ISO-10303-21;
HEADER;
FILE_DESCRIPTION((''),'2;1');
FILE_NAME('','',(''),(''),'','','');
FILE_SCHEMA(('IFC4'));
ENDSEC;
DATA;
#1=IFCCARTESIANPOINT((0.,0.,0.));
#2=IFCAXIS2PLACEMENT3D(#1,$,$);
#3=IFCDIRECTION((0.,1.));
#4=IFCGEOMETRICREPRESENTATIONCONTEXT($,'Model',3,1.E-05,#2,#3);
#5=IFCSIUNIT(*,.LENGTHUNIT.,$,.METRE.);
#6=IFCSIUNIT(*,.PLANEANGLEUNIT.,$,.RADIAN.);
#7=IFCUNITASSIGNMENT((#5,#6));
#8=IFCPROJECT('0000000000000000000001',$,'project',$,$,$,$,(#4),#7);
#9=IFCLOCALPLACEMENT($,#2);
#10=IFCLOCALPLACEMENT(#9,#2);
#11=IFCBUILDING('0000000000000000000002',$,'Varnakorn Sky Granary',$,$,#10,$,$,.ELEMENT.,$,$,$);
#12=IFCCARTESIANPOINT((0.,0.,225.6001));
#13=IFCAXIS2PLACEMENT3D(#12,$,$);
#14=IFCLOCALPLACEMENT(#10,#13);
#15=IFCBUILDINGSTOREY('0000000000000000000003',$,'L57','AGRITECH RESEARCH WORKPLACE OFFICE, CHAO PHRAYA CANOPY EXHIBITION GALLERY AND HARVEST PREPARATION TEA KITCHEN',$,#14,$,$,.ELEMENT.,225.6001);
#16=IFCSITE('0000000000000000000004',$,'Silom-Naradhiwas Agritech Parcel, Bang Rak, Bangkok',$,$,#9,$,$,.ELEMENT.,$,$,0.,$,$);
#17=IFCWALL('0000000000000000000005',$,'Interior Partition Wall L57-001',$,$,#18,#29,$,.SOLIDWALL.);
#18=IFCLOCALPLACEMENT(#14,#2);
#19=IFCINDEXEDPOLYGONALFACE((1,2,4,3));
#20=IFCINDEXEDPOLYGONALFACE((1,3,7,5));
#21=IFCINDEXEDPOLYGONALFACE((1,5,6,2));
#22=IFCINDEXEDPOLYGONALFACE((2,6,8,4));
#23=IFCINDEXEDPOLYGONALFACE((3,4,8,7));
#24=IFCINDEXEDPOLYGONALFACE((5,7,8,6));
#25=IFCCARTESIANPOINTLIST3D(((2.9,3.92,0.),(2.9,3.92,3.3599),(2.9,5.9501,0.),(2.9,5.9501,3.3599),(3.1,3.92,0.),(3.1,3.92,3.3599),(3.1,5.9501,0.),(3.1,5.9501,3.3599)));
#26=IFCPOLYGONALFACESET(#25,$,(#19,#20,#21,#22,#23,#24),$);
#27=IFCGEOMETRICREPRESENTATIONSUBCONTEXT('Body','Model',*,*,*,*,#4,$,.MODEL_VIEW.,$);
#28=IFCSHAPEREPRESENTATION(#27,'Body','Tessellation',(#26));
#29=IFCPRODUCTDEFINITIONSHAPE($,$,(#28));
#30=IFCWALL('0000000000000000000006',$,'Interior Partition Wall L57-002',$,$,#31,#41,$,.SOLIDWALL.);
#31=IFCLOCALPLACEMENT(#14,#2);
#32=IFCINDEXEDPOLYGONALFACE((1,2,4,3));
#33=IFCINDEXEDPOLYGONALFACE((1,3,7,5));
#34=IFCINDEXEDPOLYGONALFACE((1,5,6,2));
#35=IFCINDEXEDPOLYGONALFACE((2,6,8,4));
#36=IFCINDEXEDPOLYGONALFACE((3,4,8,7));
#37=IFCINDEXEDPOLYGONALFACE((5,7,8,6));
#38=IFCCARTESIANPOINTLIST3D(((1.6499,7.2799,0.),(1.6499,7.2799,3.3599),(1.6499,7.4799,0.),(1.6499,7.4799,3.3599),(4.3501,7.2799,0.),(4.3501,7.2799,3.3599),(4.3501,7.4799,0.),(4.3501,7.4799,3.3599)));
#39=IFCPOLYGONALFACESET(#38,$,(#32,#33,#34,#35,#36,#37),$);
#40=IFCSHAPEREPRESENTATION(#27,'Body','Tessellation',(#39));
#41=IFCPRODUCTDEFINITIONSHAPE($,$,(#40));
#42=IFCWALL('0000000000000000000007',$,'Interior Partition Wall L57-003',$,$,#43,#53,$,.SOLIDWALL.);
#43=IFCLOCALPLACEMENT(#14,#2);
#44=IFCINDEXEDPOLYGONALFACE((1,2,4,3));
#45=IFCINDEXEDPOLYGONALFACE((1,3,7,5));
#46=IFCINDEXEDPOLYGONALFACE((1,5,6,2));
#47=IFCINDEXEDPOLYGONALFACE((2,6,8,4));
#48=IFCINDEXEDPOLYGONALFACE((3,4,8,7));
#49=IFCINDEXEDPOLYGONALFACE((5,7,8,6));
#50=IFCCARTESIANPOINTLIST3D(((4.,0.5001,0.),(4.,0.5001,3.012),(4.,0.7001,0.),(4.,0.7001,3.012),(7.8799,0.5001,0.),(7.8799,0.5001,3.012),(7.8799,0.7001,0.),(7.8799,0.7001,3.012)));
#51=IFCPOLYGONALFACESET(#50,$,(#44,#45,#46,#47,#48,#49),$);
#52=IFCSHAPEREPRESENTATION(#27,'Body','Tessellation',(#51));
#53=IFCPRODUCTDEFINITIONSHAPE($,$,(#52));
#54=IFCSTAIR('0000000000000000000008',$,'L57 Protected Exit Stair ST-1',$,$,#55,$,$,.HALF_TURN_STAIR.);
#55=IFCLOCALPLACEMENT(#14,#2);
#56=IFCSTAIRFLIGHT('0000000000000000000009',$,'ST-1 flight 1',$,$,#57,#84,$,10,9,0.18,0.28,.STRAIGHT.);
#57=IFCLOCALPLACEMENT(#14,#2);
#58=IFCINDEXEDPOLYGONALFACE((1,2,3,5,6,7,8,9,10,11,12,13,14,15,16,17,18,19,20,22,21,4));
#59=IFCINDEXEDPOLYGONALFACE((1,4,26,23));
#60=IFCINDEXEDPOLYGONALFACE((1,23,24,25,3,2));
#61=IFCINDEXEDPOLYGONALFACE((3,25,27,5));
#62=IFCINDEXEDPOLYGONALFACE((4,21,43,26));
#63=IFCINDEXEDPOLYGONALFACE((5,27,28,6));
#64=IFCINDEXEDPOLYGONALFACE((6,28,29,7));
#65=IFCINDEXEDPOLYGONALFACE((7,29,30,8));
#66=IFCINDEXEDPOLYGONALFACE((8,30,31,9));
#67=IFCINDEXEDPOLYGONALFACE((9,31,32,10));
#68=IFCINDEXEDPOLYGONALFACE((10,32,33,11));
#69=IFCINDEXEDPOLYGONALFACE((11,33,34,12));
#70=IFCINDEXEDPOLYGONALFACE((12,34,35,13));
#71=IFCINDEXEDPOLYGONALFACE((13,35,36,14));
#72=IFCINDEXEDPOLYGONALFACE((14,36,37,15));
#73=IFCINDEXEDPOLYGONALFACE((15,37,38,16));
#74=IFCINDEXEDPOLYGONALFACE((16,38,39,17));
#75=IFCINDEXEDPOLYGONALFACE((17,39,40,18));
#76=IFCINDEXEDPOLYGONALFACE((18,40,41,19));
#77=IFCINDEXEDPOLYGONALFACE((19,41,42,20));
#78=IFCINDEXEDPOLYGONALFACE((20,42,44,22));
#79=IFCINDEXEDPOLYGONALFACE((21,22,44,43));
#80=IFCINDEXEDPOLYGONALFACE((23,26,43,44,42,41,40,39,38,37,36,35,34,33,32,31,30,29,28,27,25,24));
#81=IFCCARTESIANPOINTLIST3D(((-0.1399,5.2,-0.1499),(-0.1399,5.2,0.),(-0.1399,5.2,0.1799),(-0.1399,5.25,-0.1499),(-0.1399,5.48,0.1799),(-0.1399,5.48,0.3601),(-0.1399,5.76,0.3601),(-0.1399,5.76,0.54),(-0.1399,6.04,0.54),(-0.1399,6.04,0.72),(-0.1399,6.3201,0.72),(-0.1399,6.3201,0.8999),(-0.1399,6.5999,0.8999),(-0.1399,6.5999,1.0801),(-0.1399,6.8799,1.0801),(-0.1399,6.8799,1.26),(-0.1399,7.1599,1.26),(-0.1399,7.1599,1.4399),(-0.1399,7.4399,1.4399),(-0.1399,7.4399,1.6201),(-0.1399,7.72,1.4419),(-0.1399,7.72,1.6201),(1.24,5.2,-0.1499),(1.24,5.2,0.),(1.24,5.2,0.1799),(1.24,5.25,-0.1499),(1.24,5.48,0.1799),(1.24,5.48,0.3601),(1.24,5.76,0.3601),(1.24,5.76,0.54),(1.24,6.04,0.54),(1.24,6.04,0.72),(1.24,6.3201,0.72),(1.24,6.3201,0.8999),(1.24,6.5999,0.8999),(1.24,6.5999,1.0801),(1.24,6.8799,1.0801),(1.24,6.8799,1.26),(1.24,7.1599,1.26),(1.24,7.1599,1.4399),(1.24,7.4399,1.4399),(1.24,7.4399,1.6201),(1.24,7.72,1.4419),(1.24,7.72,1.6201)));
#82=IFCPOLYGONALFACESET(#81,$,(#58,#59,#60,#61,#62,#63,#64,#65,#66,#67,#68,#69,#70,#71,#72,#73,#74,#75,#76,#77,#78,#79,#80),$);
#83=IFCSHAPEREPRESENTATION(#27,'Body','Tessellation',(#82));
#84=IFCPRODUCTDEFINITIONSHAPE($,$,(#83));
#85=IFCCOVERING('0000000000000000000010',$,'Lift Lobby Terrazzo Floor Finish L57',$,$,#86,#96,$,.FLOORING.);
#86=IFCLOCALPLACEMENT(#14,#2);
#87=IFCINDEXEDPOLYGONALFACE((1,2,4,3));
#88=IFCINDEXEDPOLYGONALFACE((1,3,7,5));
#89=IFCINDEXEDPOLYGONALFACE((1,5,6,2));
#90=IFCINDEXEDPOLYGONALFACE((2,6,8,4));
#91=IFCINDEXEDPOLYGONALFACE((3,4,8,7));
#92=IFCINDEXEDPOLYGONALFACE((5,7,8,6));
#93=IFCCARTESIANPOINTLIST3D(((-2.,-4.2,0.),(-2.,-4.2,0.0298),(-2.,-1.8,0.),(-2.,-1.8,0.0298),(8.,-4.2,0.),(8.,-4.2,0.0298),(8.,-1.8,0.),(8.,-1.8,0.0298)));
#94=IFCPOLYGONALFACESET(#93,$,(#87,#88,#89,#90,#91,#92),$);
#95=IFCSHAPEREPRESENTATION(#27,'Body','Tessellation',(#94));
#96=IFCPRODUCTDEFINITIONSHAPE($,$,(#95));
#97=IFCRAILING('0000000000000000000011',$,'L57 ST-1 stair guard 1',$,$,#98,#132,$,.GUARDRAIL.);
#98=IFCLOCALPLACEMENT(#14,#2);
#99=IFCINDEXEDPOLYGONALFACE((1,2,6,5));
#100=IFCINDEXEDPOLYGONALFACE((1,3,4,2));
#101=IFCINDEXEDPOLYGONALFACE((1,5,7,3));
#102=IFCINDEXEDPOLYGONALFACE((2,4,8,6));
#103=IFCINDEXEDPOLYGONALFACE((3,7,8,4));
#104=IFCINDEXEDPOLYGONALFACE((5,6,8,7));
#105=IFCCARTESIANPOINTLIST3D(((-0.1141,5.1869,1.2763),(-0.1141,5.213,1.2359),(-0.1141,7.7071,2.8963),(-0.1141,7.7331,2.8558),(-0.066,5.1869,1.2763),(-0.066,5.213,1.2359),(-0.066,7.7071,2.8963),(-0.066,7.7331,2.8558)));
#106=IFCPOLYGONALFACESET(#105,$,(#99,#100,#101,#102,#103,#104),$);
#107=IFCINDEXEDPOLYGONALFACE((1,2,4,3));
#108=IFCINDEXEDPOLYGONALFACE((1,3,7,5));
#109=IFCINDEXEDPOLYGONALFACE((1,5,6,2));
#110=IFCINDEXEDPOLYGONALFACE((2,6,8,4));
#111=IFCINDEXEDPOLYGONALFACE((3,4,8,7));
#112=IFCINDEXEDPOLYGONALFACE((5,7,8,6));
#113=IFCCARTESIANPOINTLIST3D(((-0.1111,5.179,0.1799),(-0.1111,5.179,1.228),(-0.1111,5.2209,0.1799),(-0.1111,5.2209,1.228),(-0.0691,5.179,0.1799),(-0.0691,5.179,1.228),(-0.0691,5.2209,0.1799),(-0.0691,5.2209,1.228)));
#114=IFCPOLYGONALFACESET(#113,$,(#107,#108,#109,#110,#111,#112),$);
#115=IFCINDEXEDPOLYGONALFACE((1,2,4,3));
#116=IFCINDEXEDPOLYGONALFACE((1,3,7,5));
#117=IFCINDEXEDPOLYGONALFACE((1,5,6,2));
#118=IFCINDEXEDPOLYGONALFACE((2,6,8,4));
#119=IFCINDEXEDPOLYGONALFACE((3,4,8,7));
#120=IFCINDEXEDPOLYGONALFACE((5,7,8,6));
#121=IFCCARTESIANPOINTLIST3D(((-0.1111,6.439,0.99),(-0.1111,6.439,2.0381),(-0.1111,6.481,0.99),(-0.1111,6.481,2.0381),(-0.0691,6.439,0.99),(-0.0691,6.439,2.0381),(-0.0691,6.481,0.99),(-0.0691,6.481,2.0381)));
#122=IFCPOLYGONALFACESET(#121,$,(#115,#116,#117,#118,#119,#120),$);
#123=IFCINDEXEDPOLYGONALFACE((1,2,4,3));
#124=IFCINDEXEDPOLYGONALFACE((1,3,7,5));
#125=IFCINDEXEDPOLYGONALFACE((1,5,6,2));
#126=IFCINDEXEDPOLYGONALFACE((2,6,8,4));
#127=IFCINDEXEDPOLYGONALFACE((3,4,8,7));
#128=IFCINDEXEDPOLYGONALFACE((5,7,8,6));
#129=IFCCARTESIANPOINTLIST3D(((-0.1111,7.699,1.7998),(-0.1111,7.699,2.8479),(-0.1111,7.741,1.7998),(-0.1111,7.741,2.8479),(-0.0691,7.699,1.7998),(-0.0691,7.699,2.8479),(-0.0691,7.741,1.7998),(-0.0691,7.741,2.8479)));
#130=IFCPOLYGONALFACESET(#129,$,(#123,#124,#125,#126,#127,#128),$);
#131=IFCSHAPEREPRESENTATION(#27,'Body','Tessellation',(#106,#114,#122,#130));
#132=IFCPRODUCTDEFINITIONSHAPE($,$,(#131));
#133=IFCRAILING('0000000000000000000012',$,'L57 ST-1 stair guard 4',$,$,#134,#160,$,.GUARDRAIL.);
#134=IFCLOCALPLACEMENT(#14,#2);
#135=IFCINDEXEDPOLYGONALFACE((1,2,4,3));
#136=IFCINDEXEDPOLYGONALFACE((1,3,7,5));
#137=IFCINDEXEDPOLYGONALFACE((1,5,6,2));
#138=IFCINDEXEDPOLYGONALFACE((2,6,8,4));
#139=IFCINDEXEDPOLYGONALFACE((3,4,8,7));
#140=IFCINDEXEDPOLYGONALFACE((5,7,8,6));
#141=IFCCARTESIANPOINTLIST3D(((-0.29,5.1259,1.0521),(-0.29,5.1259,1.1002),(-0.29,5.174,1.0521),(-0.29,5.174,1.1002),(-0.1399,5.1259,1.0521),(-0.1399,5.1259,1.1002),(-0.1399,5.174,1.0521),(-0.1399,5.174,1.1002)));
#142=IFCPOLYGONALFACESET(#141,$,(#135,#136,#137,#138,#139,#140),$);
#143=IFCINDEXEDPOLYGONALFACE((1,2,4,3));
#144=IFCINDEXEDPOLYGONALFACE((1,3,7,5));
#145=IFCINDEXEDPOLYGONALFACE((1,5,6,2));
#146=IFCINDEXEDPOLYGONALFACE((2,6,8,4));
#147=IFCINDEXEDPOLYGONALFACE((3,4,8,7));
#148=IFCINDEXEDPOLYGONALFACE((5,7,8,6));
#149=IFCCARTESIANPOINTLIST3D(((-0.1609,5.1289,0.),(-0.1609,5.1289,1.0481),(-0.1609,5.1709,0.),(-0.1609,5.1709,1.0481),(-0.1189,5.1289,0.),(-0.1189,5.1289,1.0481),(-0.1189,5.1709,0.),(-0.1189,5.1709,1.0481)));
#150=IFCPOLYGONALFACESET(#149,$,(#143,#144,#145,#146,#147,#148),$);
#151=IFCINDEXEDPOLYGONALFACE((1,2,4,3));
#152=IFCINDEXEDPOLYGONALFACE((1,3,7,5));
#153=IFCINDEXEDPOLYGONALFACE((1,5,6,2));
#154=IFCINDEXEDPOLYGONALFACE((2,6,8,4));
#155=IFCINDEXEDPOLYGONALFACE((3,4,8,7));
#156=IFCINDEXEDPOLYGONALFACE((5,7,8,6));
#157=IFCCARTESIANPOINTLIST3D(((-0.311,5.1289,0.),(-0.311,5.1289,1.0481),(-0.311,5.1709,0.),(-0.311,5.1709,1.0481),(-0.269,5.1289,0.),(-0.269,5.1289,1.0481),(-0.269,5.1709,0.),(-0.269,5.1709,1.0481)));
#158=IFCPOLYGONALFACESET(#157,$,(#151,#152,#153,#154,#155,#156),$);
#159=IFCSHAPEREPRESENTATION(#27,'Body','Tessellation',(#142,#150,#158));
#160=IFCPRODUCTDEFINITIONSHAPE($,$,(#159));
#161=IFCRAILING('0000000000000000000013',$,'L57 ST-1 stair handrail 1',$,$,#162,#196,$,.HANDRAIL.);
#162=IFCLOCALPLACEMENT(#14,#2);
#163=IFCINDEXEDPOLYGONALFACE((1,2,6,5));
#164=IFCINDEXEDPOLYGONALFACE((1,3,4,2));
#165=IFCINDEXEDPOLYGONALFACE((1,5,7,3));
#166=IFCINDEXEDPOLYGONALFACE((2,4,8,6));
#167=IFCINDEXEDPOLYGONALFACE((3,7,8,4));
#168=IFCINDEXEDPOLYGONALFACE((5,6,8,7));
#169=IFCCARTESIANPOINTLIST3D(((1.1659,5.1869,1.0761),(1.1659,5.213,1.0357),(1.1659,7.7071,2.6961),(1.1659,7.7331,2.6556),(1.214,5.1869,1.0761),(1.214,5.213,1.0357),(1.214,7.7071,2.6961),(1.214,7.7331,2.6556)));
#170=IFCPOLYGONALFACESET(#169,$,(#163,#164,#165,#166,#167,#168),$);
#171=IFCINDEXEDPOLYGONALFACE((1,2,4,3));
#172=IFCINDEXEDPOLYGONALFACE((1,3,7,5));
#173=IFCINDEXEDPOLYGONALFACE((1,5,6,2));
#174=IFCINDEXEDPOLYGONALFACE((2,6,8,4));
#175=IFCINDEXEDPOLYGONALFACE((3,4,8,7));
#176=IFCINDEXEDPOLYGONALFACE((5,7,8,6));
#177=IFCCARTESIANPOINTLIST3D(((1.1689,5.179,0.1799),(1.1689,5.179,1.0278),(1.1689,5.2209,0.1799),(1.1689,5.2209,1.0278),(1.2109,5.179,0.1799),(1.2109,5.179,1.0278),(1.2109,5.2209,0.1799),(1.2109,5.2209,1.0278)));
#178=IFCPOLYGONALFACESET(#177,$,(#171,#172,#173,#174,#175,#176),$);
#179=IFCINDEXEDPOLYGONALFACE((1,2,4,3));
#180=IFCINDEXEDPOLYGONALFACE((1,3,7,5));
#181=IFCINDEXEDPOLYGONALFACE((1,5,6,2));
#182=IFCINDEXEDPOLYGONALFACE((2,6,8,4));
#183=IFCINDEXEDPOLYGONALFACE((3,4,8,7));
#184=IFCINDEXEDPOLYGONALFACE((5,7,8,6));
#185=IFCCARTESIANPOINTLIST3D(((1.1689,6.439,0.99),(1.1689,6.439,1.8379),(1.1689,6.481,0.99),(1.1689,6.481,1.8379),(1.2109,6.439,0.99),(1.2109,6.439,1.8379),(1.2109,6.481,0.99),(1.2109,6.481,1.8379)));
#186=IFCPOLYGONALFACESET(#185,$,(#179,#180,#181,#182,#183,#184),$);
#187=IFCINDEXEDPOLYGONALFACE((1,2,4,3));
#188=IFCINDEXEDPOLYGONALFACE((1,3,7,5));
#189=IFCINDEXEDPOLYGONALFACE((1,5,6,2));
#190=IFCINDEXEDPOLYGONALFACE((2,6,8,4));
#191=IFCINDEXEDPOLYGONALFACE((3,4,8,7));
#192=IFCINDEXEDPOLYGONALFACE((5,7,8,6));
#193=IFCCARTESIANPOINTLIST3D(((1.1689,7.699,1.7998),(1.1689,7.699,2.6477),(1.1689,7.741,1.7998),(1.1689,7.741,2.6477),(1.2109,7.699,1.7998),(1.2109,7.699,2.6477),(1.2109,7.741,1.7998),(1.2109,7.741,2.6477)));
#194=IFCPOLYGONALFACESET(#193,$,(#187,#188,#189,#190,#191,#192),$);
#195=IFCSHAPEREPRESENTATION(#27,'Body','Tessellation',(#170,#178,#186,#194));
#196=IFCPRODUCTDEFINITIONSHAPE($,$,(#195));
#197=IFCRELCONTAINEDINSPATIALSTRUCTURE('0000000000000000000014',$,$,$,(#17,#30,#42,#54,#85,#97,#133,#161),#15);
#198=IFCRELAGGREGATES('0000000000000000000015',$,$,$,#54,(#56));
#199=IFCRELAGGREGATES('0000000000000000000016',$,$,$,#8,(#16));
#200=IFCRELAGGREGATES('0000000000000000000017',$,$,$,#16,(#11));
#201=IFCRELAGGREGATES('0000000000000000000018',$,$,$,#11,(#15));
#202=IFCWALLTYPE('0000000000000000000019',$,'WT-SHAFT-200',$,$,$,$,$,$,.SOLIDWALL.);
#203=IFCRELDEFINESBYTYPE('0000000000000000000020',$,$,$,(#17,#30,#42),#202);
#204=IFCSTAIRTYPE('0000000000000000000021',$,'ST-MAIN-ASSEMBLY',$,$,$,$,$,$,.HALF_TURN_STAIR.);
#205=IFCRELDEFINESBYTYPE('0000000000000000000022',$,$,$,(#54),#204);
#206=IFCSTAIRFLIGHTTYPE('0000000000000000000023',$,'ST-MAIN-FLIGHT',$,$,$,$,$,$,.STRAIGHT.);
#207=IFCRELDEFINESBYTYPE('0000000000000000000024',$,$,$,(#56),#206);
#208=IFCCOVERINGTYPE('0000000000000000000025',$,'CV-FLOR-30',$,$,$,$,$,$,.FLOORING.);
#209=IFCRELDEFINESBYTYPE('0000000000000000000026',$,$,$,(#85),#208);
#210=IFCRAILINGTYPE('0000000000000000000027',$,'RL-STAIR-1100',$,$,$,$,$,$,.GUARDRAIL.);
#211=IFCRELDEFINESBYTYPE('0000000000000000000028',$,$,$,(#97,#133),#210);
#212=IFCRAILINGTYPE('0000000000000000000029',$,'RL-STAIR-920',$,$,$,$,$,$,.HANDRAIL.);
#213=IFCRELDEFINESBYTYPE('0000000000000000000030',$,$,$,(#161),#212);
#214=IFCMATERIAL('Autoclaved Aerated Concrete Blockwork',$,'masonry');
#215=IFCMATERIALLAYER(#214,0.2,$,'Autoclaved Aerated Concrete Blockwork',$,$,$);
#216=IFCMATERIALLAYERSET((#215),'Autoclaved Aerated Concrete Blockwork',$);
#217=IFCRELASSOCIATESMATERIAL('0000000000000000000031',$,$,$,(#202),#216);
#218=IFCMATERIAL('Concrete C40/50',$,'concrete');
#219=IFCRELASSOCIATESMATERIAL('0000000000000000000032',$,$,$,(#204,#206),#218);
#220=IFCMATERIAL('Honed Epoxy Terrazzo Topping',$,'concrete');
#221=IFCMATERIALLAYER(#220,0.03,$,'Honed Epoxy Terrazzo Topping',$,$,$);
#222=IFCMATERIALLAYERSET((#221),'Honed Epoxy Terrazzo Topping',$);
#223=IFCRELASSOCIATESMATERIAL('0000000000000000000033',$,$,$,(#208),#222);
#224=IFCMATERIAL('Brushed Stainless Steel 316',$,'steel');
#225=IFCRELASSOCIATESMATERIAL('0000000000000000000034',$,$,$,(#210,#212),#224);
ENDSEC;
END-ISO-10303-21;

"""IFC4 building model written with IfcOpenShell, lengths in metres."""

from ifc_helpers import new_model, si_unit, direction, frame, frame_2d, origin, origin_2d, place, context, subcontext, project, spatial, polyline, rectangle, outline, extrude, material, layer, layer_set, type_object, element, aggregate, save


model = new_model("IFC4")

# Units and contexts
model_context = context("Model", 3, precision=1e-05, world=origin(), true_north=direction((0.0, 1.0)))
body_context = subcontext(model_context, "Body", "Model", "MODEL_VIEW")
ifc_project = project(units=[si_unit("LENGTHUNIT", "METRE"), si_unit("PLANEANGLEUNIT", "RADIAN")], contexts=[model_context])

# Site, building, storey
site_placement = place(None, origin())
site = spatial("IfcSite", under=ifc_project, at=site_placement, Name="Silom-Naradhiwas Agritech Parcel, Bang Rak, Bangkok", CompositionType="ELEMENT", RefElevation=0.0)
building_placement = place(site_placement, origin())
building = spatial("IfcBuilding", under=site, at=building_placement, Name="Varnakorn Sky Granary", CompositionType="ELEMENT")
storey_placement = place(building_placement, frame((0.0, 0.0, 225.6001)))
storey = spatial("IfcBuildingStorey", under=building, at=storey_placement, Name="L57", Description="AGRITECH RESEARCH WORKPLACE OFFICE, CHAO PHRAYA CANOPY EXHIBITION GALLERY AND HARVEST PREPARATION TEA KITCHEN", CompositionType="ELEMENT", Elevation=225.6001)

# Shared definitions
ifc_material_1 = material(Name="Autoclaved Aerated Concrete Blockwork", Category="masonry")

# Walls
ifc_layer_1 = layer(ifc_material_1, 0.2, Name="Autoclaved Aerated Concrete Blockwork")
ifc_layer_set_1 = layer_set([ifc_layer_1], Name="Autoclaved Aerated Concrete Blockwork")
wall_type_1 = type_object("IfcWallType", Name="WT-SHAFT-200", PredefinedType="SOLIDWALL", material=ifc_layer_set_1)
wall_1_placement = place(storey_placement, frame((3.0, 3.9199, 0.0), z_axis=(0.0, 0.0, 1.0), x_axis=(0.0, 1.0, 0.0)))
element("IfcWall", 1, at=wall_1_placement, inside=storey, type_object=wall_type_1, Name="Interior Partition Wall L57-001", PredefinedType="SOLIDWALL", context=body_context, shape_type="SweptSolid", body=[
    extrude(rectangle(XDim=2.03, YDim=0.2, at=frame_2d((1.0151, 0.0))), origin(), (0.0, 0.0, 1.0), 3.3599),
])
wall_2_placement = place(storey_placement, frame((1.6499, 7.3799, 0.0), z_axis=(0.0, 0.0, 1.0), x_axis=(1.0, 0.0, 0.0)))
element("IfcWall", 2, at=wall_2_placement, inside=storey, type_object=wall_type_1, Name="Interior Partition Wall L57-002", PredefinedType="SOLIDWALL", context=body_context, shape_type="SweptSolid", body=[
    extrude(rectangle(XDim=2.7002, YDim=0.2, at=frame_2d((1.3501, 0.0))), origin(), (0.0, 0.0, 1.0), 3.3599),
])
wall_3_placement = place(storey_placement, frame((4.0, 0.6001, 0.0), z_axis=(0.0, 0.0, 1.0), x_axis=(1.0, 0.0, 0.0)))
element("IfcWall", 3, at=wall_3_placement, inside=storey, type_object=wall_type_1, Name="Interior Partition Wall L57-003", PredefinedType="SOLIDWALL", context=body_context, shape_type="SweptSolid", body=[
    extrude(rectangle(XDim=3.8799, YDim=0.2, at=frame_2d((1.9399, 0.0))), origin(), (0.0, 0.0, 1.0), 3.012),
])

# Stair, stair flight
ifc_material_2 = material(Name="Concrete C40/50", Category="concrete")
stair_type = type_object("IfcStairType", Name="ST-MAIN-ASSEMBLY", PredefinedType="HALF_TURN_STAIR", material=ifc_material_2)
stair_placement = place(storey_placement, origin())
stair = element("IfcStair", 4, at=stair_placement, inside=storey, type_object=stair_type, Name="L57 Protected Exit Stair ST-1", PredefinedType="HALF_TURN_STAIR")
stair_flight_type = type_object("IfcStairFlightType", Name="ST-MAIN-FLIGHT", PredefinedType="STRAIGHT", material=ifc_material_2)
stair_flight_placement = place(storey_placement, frame((0.55, 5.2, 0.0), z_axis=(0.0, 0.0, 1.0), x_axis=(0.0, 1.0, 0.0)))
stair_flight = element("IfcStairFlight", 5, at=stair_flight_placement, type_object=stair_flight_type, Name="ST-1 flight 1", NumberOfRisers=10, NumberOfTreads=9, PredefinedType="STRAIGHT", RiserHeight=0.18, TreadLength=0.28, context=body_context, shape_type="SweptSolid", body=[
    extrude(outline(polyline([(0.0, -0.1499), (0.0, 0.0), (0.0, 0.1799), (0.28, 0.1799), (0.28, 0.3601), (0.5601, 0.3601), (0.5601, 0.54), (0.8401, 0.54), (0.8401, 0.72), (1.1201, 0.72), (1.1201, 0.8999), (1.3999, 0.8999), (1.3999, 1.0801), (1.6799, 1.0801), (1.6799, 1.26), (1.96, 1.26), (1.96, 1.4399), (2.24, 1.4399), (2.24, 1.6201), (2.52, 1.6201), (2.52, 1.8), (2.52, 1.4419), (0.05, -0.1499), (0.0, -0.1499)])), frame((0.0, 0.6899, 0.0), z_axis=(0.0, -1.0, 0.0), x_axis=(1.0, 0.0, 0.0)), (0.0, 0.0, 1.0), 1.3799),
])
aggregate(stair, [stair_flight])

# Covering
ifc_material_3 = material(Name="Honed Epoxy Terrazzo Topping", Category="concrete")
ifc_layer_2 = layer(ifc_material_3, 0.03, Name="Honed Epoxy Terrazzo Topping")
ifc_layer_set_2 = layer_set([ifc_layer_2], Name="Honed Epoxy Terrazzo Topping")
covering_type = type_object("IfcCoveringType", Name="CV-FLOR-30", PredefinedType="FLOORING", material=ifc_layer_set_2)
covering_placement = place(storey_placement, origin())
element("IfcCovering", 6, at=covering_placement, inside=storey, type_object=covering_type, Name="Lift Lobby Terrazzo Floor Finish L57", PredefinedType="FLOORING", context=body_context, shape_type="SweptSolid", body=[
    extrude(outline(polyline([(-2.0, -4.2), (8.0, -4.2), (8.0, -1.8), (-2.0, -1.8), (-2.0, -4.2)])), origin(), (0.0, 0.0, 1.0), 0.0298),
])

# Railings
ifc_material_4 = material(Name="Brushed Stainless Steel 316", Category="steel")
railing_type_1 = type_object("IfcRailingType", Name="RL-STAIR-1100", PredefinedType="GUARDRAIL", material=ifc_material_4)
railing_1_placement = place(storey_placement, frame((-0.0901, 5.2, 0.1799)))
element("IfcRailing", 7, at=railing_1_placement, inside=storey, type_object=railing_type_1, Name="L57 ST-1 stair guard 1", PredefinedType="GUARDRAIL", context=body_context, shape_type="SweptSolid", body=[
    extrude(rectangle(XDim=0.0481, YDim=0.0481, at=origin_2d()), frame((0.0, 0.0, 1.0762), z_axis=(0.0, 0.8412, 0.540725), x_axis=(-1.0, 0.0, 0.0)), (0.0, 0.0, 1.0), 2.9958),
    extrude(rectangle(XDim=0.042, YDim=0.042, at=origin_2d()), origin(), (0.0, 0.0, 1.0), 1.0481),
    extrude(rectangle(XDim=0.042, YDim=0.042, at=origin_2d()), frame((0.0, 1.26, 0.8101)), (0.0, 0.0, 1.0), 1.0481),
    extrude(rectangle(XDim=0.042, YDim=0.042, at=origin_2d()), frame((0.0, 2.52, 1.6199)), (0.0, 0.0, 1.0), 1.0481),
])
railing_2_placement = place(storey_placement, frame((-0.1399, 5.1499, 0.0)))
element("IfcRailing", 8, at=railing_2_placement, inside=storey, type_object=railing_type_1, Name="L57 ST-1 stair guard 4", PredefinedType="GUARDRAIL", context=body_context, shape_type="SweptSolid", body=[
    extrude(rectangle(XDim=0.0481, YDim=0.0481, at=origin_2d()), frame((0.0, 0.0, 1.0762), z_axis=(-1.0, 0.0, 0.0), x_axis=(0.0, -1.0, 0.0)), (0.0, 0.0, 1.0), 0.1501),
    extrude(rectangle(XDim=0.042, YDim=0.042, at=origin_2d()), origin(), (0.0, 0.0, 1.0), 1.0481),
    extrude(rectangle(XDim=0.042, YDim=0.042, at=origin_2d()), frame((-0.1501, 0.0, 0.0)), (0.0, 0.0, 1.0), 1.0481),
])
railing_type_2 = type_object("IfcRailingType", Name="RL-STAIR-920", PredefinedType="HANDRAIL", material=ifc_material_4)
railing_3_placement = place(storey_placement, frame((1.1899, 5.2, 0.1799)))
element("IfcRailing", 9, at=railing_3_placement, inside=storey, type_object=railing_type_2, Name="L57 ST-1 stair handrail 1", PredefinedType="HANDRAIL", context=body_context, shape_type="SweptSolid", body=[
    extrude(rectangle(XDim=0.0481, YDim=0.0481, at=origin_2d()), frame((0.0, 0.0, 0.876), z_axis=(0.0, 0.8412, 0.540725), x_axis=(-1.0, 0.0, 0.0)), (0.0, 0.0, 1.0), 2.9958),
    extrude(rectangle(XDim=0.042, YDim=0.042, at=origin_2d()), origin(), (0.0, 0.0, 1.0), 0.8479),
    extrude(rectangle(XDim=0.042, YDim=0.042, at=origin_2d()), frame((0.0, 1.26, 0.8101)), (0.0, 0.0, 1.0), 0.8479),
    extrude(rectangle(XDim=0.042, YDim=0.042, at=origin_2d()), frame((0.0, 2.52, 1.6199)), (0.0, 0.0, 1.0), 0.8479),
])

save(model, "model.ifc")
